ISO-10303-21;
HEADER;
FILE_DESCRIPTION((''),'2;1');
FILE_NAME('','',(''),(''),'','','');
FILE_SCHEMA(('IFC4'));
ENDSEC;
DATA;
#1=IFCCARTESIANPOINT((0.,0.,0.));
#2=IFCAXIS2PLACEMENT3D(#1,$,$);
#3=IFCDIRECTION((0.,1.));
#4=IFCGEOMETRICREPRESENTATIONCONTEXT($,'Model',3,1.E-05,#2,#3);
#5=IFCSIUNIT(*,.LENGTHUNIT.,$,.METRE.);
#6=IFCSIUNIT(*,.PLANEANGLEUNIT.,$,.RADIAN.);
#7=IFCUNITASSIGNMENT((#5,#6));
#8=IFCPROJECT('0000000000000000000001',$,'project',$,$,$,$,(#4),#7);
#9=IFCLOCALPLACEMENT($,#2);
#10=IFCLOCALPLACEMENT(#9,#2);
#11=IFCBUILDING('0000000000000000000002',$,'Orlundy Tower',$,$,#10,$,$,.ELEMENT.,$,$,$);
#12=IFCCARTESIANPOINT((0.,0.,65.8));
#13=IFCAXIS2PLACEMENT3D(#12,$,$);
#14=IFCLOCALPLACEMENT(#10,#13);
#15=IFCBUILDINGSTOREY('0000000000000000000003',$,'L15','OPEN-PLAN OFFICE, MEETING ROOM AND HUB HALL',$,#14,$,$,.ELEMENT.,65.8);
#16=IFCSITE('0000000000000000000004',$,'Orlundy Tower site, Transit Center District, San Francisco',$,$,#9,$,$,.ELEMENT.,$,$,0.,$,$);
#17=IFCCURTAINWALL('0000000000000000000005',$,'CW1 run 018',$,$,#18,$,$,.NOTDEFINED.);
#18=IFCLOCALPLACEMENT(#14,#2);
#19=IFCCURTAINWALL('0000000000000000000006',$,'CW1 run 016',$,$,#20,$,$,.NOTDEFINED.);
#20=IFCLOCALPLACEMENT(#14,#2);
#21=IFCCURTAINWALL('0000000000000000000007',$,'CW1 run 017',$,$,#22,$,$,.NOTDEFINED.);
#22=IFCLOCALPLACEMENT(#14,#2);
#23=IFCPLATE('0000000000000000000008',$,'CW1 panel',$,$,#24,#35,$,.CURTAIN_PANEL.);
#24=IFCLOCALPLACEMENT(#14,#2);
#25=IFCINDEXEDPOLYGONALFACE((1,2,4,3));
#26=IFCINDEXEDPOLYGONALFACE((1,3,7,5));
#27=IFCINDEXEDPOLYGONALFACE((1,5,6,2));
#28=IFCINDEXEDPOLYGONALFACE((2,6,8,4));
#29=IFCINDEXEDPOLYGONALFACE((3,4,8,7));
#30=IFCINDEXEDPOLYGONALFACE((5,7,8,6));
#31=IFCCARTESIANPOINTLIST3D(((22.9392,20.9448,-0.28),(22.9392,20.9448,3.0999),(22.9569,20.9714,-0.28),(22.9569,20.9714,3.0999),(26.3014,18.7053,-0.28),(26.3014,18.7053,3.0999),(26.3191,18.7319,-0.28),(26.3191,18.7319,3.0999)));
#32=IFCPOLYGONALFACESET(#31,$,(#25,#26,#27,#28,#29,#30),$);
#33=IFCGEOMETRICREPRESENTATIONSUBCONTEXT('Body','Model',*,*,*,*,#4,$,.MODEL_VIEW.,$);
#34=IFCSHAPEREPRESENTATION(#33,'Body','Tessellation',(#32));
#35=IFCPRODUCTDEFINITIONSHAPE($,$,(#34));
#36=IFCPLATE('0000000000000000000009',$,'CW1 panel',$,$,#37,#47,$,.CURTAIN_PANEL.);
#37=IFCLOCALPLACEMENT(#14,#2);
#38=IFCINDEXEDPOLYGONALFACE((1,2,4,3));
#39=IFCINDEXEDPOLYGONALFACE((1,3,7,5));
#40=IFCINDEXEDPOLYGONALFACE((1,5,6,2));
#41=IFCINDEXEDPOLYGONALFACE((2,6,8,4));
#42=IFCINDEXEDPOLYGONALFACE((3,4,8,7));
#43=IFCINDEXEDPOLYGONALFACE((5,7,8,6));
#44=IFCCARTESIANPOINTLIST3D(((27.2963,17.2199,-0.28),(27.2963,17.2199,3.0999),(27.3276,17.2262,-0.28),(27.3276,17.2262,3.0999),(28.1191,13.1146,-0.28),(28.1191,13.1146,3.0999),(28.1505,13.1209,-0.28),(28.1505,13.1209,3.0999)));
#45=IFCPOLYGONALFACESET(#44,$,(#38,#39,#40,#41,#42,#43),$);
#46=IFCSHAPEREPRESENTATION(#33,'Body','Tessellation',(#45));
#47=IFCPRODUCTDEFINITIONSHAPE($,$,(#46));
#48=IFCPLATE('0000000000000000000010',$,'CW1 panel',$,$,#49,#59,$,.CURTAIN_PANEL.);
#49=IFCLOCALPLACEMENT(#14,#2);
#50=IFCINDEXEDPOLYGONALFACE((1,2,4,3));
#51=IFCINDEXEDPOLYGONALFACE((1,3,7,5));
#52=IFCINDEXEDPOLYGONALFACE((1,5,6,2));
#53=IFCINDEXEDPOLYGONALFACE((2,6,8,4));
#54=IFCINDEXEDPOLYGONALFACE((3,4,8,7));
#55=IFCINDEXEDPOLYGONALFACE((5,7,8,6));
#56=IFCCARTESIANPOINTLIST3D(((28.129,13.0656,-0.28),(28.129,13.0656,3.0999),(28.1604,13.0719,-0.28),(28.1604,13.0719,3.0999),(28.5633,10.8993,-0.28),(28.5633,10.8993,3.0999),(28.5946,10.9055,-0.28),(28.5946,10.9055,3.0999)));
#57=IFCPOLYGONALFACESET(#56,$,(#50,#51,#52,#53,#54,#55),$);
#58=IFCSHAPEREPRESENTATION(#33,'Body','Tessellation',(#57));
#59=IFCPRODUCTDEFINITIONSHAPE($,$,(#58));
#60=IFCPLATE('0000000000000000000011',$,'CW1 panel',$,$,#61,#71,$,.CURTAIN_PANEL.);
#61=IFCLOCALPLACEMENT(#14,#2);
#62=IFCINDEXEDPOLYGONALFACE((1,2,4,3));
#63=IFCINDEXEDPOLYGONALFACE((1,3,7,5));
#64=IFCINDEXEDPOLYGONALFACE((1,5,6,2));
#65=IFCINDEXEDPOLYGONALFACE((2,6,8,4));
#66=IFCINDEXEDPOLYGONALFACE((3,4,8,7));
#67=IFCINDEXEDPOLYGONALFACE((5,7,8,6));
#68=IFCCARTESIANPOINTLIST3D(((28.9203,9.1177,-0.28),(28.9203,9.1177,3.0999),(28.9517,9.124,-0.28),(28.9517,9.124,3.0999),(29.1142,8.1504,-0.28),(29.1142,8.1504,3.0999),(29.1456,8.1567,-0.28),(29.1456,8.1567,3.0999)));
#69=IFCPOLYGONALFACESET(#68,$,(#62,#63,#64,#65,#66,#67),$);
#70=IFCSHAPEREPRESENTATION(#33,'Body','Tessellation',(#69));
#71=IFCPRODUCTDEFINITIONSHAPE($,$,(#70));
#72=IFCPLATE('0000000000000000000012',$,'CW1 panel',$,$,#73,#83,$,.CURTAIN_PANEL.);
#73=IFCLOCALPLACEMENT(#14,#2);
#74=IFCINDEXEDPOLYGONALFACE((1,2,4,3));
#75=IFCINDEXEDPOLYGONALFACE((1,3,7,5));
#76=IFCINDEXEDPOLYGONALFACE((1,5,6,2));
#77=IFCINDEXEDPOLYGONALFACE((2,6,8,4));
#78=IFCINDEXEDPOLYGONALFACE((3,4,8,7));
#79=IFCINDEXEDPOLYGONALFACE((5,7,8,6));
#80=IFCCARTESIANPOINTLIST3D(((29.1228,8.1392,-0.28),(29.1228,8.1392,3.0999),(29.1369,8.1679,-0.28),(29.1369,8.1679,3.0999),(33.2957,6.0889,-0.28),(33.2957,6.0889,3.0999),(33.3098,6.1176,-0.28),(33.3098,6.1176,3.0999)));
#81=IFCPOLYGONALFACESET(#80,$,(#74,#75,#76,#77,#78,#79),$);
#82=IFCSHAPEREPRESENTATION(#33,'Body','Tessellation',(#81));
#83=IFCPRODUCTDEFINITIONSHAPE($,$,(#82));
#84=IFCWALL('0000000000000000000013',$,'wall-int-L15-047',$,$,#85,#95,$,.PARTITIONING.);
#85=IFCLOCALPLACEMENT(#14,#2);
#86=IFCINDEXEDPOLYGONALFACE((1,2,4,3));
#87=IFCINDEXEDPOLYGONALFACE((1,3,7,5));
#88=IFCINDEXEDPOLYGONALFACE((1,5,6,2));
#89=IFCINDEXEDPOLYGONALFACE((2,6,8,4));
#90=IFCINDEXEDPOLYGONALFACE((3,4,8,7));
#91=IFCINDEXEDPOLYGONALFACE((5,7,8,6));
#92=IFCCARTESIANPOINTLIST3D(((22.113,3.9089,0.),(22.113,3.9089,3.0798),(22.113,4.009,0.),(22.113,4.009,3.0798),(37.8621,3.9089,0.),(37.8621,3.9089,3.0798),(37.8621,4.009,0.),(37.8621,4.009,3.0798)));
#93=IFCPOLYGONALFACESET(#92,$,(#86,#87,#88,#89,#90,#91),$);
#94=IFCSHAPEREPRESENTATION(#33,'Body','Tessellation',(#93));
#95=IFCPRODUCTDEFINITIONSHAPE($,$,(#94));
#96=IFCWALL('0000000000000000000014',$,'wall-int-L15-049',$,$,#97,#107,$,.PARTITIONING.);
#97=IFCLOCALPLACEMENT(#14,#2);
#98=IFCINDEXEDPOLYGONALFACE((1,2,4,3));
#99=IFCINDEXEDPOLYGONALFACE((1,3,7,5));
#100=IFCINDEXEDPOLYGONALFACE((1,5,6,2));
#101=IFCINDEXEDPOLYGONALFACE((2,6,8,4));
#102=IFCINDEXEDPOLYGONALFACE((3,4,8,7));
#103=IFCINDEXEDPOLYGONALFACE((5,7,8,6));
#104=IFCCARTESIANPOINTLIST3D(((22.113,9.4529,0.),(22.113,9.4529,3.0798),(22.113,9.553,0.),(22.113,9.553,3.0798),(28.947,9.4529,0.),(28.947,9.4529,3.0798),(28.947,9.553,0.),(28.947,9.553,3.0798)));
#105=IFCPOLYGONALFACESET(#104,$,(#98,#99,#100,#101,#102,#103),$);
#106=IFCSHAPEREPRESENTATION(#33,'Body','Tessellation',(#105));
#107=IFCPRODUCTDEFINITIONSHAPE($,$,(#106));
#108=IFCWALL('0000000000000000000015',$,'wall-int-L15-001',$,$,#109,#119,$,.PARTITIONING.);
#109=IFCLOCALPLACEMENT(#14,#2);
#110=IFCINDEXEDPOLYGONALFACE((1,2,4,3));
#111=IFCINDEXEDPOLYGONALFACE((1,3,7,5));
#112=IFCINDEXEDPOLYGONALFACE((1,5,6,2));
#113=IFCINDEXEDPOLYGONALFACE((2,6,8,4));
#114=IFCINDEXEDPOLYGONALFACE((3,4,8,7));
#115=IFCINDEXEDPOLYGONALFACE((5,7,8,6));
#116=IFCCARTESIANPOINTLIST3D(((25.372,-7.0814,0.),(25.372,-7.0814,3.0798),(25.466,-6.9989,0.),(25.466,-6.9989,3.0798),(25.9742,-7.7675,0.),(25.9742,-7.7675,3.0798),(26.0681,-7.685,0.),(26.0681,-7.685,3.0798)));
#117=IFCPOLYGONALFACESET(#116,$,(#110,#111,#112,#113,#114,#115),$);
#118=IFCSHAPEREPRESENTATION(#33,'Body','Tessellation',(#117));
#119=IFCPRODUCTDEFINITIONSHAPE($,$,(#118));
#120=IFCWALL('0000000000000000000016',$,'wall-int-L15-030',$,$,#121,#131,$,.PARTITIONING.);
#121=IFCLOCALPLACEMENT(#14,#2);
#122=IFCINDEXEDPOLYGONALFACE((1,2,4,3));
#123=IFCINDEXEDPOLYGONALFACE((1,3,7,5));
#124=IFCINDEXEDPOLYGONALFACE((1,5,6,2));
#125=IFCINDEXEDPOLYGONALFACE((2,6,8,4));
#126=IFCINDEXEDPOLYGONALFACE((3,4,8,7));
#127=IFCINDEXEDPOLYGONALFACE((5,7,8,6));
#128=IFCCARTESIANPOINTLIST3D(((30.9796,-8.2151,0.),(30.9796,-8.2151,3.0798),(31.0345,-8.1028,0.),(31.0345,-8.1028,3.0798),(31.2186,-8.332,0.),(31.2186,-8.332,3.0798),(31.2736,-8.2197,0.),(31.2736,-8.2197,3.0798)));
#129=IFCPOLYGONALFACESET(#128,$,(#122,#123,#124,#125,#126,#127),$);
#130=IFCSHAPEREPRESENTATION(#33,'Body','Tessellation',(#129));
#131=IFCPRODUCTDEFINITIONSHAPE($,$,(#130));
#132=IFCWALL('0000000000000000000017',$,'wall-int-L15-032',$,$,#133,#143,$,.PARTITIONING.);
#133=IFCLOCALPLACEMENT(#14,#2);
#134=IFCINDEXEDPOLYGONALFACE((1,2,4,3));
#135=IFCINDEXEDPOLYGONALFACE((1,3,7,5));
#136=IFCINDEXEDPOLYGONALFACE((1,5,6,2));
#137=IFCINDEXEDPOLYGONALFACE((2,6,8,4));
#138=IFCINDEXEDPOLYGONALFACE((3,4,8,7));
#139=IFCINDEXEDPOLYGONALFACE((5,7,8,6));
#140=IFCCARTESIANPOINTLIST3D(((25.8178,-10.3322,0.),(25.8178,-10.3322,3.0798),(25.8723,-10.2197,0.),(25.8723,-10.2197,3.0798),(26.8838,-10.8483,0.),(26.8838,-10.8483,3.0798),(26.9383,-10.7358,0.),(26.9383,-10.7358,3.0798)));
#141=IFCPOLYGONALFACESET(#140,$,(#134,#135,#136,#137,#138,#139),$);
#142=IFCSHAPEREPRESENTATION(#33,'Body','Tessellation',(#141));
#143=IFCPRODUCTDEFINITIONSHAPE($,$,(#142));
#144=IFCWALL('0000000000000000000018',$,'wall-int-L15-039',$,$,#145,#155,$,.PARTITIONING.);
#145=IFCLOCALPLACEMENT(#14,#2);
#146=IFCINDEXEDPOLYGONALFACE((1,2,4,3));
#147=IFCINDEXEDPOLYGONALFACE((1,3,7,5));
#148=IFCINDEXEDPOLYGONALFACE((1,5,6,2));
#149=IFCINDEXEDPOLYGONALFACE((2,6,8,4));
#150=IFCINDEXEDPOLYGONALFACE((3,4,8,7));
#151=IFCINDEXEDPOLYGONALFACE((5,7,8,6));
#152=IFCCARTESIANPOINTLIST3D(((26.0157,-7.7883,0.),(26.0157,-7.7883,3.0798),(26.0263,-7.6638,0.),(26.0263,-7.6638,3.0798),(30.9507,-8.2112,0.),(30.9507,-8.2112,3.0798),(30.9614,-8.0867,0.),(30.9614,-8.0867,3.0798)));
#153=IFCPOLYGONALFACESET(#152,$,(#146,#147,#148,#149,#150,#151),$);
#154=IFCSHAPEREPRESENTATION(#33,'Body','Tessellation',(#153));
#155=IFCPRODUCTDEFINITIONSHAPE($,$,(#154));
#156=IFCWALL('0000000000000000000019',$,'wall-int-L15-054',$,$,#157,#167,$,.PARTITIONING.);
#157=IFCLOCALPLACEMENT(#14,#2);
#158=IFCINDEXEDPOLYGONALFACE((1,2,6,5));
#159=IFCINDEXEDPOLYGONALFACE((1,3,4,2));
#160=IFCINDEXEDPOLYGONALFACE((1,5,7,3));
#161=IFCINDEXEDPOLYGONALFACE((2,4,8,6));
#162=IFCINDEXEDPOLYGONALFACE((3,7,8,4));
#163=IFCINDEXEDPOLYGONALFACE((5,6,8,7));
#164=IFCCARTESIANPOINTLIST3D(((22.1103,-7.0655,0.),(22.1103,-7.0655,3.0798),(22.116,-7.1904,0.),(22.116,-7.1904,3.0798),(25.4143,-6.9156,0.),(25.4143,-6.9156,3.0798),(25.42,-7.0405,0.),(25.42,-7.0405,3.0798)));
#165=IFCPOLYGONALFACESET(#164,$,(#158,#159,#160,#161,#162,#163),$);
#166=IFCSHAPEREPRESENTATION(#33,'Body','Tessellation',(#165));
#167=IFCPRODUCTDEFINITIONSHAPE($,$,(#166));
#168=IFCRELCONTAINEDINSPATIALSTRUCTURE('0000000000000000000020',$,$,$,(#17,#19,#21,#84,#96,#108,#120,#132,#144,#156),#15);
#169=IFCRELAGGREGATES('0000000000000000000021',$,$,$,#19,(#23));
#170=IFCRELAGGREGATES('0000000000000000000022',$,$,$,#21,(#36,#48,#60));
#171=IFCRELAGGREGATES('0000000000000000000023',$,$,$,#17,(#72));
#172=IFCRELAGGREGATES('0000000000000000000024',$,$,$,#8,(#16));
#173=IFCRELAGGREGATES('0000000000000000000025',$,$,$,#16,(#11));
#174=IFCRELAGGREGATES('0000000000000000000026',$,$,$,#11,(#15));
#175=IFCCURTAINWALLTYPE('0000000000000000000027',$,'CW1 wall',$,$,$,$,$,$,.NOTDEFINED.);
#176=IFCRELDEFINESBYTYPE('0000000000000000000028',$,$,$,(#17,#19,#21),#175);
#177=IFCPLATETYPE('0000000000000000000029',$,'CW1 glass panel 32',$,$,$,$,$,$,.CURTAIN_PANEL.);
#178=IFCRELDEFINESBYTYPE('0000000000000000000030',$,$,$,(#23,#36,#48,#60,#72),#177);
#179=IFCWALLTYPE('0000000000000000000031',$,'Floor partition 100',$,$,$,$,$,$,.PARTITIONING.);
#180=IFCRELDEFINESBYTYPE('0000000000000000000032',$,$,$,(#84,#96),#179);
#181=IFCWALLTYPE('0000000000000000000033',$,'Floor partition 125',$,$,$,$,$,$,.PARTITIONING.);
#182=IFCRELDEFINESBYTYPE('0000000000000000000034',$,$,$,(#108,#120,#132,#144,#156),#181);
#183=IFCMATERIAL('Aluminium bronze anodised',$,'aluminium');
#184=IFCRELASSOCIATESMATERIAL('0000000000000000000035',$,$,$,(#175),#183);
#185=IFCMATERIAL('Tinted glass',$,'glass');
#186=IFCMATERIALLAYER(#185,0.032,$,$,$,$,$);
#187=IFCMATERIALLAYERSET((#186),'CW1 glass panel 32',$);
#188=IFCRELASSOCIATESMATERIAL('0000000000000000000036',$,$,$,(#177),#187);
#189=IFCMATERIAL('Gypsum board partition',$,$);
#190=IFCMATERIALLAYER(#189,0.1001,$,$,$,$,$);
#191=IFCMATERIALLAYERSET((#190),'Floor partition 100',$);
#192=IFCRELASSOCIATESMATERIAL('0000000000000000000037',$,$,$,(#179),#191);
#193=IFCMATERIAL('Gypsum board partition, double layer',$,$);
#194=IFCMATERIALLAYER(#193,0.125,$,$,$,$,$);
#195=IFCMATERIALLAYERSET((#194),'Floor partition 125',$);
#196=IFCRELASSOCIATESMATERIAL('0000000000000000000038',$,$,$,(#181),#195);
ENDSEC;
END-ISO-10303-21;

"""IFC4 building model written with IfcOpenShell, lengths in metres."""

from ifc_helpers import new_model, si_unit, direction, frame, frame_2d, origin, origin_2d, place, context, subcontext, project, spatial, rectangle, extrude, material, layer, layer_set, type_object, element, aggregate, save


model = new_model("IFC4")

# Units and contexts
model_context = context("Model", 3, precision=1e-05, world=origin(), true_north=direction((0.0, 1.0)))
body_context = subcontext(model_context, "Body", "Model", "MODEL_VIEW")
ifc_project = project(units=[si_unit("LENGTHUNIT", "METRE"), si_unit("PLANEANGLEUNIT", "RADIAN")], contexts=[model_context])

# Site, building, storey
site_placement = place(None, origin())
site = spatial("IfcSite", under=ifc_project, at=site_placement, Name="Orlundy Tower site, Transit Center District, San Francisco", CompositionType="ELEMENT", RefElevation=0.0)
building_placement = place(site_placement, origin())
building = spatial("IfcBuilding", under=site, at=building_placement, Name="Orlundy Tower", CompositionType="ELEMENT")
storey_placement = place(building_placement, frame((0.0, 0.0, 65.8)))
storey = spatial("IfcBuildingStorey", under=building, at=storey_placement, Name="L15", Description="OPEN-PLAN OFFICE, MEETING ROOM AND HUB HALL", CompositionType="ELEMENT", Elevation=65.8)

# Curtain wall
ifc_material_1 = material(Name="Aluminium bronze anodised", Category="aluminium")
curtain_wall_type = type_object("IfcCurtainWallType", Name="CW1 wall", PredefinedType="NOTDEFINED", material=ifc_material_1)
curtain_wall_1_placement = place(storey_placement, origin())
curtain_wall_1 = element("IfcCurtainWall", 1, at=curtain_wall_1_placement, inside=storey, type_object=curtain_wall_type, Name="CW1 run 018", PredefinedType="NOTDEFINED")

# Curtain wall
curtain_wall_2_placement = place(storey_placement, origin())
curtain_wall_2 = element("IfcCurtainWall", 2, at=curtain_wall_2_placement, inside=storey, type_object=curtain_wall_type, Name="CW1 run 016", PredefinedType="NOTDEFINED")

# Curtain wall
curtain_wall_3_placement = place(storey_placement, origin())
curtain_wall_3 = element("IfcCurtainWall", 3, at=curtain_wall_3_placement, inside=storey, type_object=curtain_wall_type, Name="CW1 run 017", PredefinedType="NOTDEFINED")

# Plates
ifc_material_2 = material(Name="Tinted glass", Category="glass")
ifc_layer_1 = layer(ifc_material_2, 0.032)
ifc_layer_set_1 = layer_set([ifc_layer_1], Name="CW1 glass panel 32")
plate_type = type_object("IfcPlateType", Name="CW1 glass panel 32", PredefinedType="CURTAIN_PANEL", material=ifc_layer_set_1)
plate_1_placement = place(storey_placement, frame((24.6292, 19.8384, -0.28), z_axis=(0.0, 0.0, 1.0), x_axis=(0.832279, -0.554357, 0.0)))
plate_1 = element("IfcPlate", 4, at=plate_1_placement, type_object=plate_type, Name="CW1 panel", PredefinedType="CURTAIN_PANEL", context=body_context, shape_type="SweptSolid", body=[
    extrude(rectangle(XDim=4.0398, YDim=0.032, at=origin_2d()), origin(), (0.0, 0.0, 1.0), 3.3799),
])
aggregate(curtain_wall_2, [plate_1])
plate_2_placement = place(storey_placement, frame((27.7234, 15.1704, -0.28), z_axis=(0.0, 0.0, 1.0), x_axis=(0.196529, -0.980498, 0.0)))
plate_2 = element("IfcPlate", 5, at=plate_2_placement, type_object=plate_type, Name="CW1 panel", PredefinedType="CURTAIN_PANEL", context=body_context, shape_type="SweptSolid", body=[
    extrude(rectangle(XDim=4.187, YDim=0.032, at=origin_2d()), origin(), (0.0, 0.0, 1.0), 3.3799),
])
plate_3_placement = place(storey_placement, frame((28.3618, 11.9856, -0.28), z_axis=(0.0, 0.0, 1.0), x_axis=(0.196529, -0.980498, 0.0)))
plate_3 = element("IfcPlate", 6, at=plate_3_placement, type_object=plate_type, Name="CW1 panel", PredefinedType="CURTAIN_PANEL", context=body_context, shape_type="SweptSolid", body=[
    extrude(rectangle(XDim=2.2095, YDim=0.032, at=origin_2d()), origin(), (0.0, 0.0, 1.0), 3.3799),
])
plate_4_placement = place(storey_placement, frame((29.033, 8.6372, -0.28), z_axis=(0.0, 0.0, 1.0), x_axis=(0.196529, -0.980498, 0.0)))
plate_4 = element("IfcPlate", 7, at=plate_4_placement, type_object=plate_type, Name="CW1 panel", PredefinedType="CURTAIN_PANEL", context=body_context, shape_type="SweptSolid", body=[
    extrude(rectangle(XDim=0.9866, YDim=0.032, at=origin_2d()), origin(), (0.0, 0.0, 1.0), 3.3799),
])
aggregate(curtain_wall_3, [plate_2, plate_3, plate_4])
plate_5_placement = place(storey_placement, frame((31.2163, 7.1284, -0.28), z_axis=(0.0, 0.0, 1.0), x_axis=(0.897518, -0.440978, 0.0)))
plate_5 = element("IfcPlate", 8, at=plate_5_placement, type_object=plate_type, Name="CW1 panel", PredefinedType="CURTAIN_PANEL", context=body_context, shape_type="SweptSolid", body=[
    extrude(rectangle(XDim=4.6494, YDim=0.032, at=origin_2d()), origin(), (0.0, 0.0, 1.0), 3.3799),
])
aggregate(curtain_wall_1, [plate_5])

# Walls
ifc_material_3 = material(Name="Gypsum board partition")
ifc_layer_2 = layer(ifc_material_3, 0.1001)
ifc_layer_set_2 = layer_set([ifc_layer_2], Name="Floor partition 100")
wall_type_1 = type_object("IfcWallType", Name="Floor partition 100", PredefinedType="PARTITIONING", material=ifc_layer_set_2)
wall_1_placement = place(storey_placement, frame((22.113, 3.959, 0.0), z_axis=(0.0, 0.0, 1.0), x_axis=(1.0, 0.0, 0.0)))
element("IfcWall", 9, at=wall_1_placement, inside=storey, type_object=wall_type_1, Name="wall-int-L15-047", PredefinedType="PARTITIONING", context=body_context, shape_type="SweptSolid", body=[
    extrude(rectangle(XDim=15.749, YDim=0.1001, at=frame_2d((7.8745, 0.0))), origin(), (0.0, 0.0, 1.0), 3.0798),
])
wall_2_placement = place(storey_placement, frame((22.113, 9.5029, 0.0), z_axis=(0.0, 0.0, 1.0), x_axis=(1.0, 0.0, 0.0)))
element("IfcWall", 10, at=wall_2_placement, inside=storey, type_object=wall_type_1, Name="wall-int-L15-049", PredefinedType="PARTITIONING", context=body_context, shape_type="SweptSolid", body=[
    extrude(rectangle(XDim=6.834, YDim=0.1001, at=frame_2d((3.417, 0.0))), origin(), (0.0, 0.0, 1.0), 3.0798),
])
ifc_material_4 = material(Name="Gypsum board partition, double layer")
ifc_layer_3 = layer(ifc_material_4, 0.125)
ifc_layer_set_3 = layer_set([ifc_layer_3], Name="Floor partition 125")
wall_type_2 = type_object("IfcWallType", Name="Floor partition 125", PredefinedType="PARTITIONING", material=ifc_layer_set_3)
wall_3_placement = place(storey_placement, frame((25.4189, -7.04, 0.0), z_axis=(0.0, 0.0, 1.0), x_axis=(0.659602, -0.751615, 0.0)))
element("IfcWall", 11, at=wall_3_placement, inside=storey, type_object=wall_type_2, Name="wall-int-L15-001", PredefinedType="PARTITIONING", context=body_context, shape_type="SweptSolid", body=[
    extrude(rectangle(XDim=0.9128, YDim=0.125, at=frame_2d((0.4565, 0.0))), origin(), (0.0, 0.0, 1.0), 3.0798),
])
wall_4_placement = place(storey_placement, frame((31.0071, -8.1589, 0.0), z_axis=(0.0, 0.0, 1.0), x_axis=(0.898248, -0.43949, 0.0)))
element("IfcWall", 12, at=wall_4_placement, inside=storey, type_object=wall_type_2, Name="wall-int-L15-030", PredefinedType="PARTITIONING", context=body_context, shape_type="SweptSolid", body=[
    extrude(rectangle(XDim=0.2661, YDim=0.125, at=frame_2d((0.1331, 0.0))), origin(), (0.0, 0.0, 1.0), 3.0798),
])
wall_5_placement = place(storey_placement, frame((25.845, -10.2759, 0.0), z_axis=(0.0, 0.0, 1.0), x_axis=(0.900045, -0.435798, 0.0)))
element("IfcWall", 13, at=wall_5_placement, inside=storey, type_object=wall_type_2, Name="wall-int-L15-032", PredefinedType="PARTITIONING", context=body_context, shape_type="SweptSolid", body=[
    extrude(rectangle(XDim=1.1843, YDim=0.125, at=frame_2d((0.5923, 0.0))), origin(), (0.0, 0.0, 1.0), 3.0798),
])
wall_6_placement = place(storey_placement, frame((26.021, -7.7261, 0.0), z_axis=(0.0, 0.0, 1.0), x_axis=(0.996349, -0.08537, 0.0)))
element("IfcWall", 14, at=wall_6_placement, inside=storey, type_object=wall_type_2, Name="wall-int-L15-039", PredefinedType="PARTITIONING", context=body_context, shape_type="SweptSolid", body=[
    extrude(rectangle(XDim=4.9531, YDim=0.125, at=frame_2d((2.4766, 0.0))), origin(), (0.0, 0.0, 1.0), 3.0798),
])
wall_7_placement = place(storey_placement, frame((22.113, -7.1279, 0.0), z_axis=(0.0, 0.0, 1.0), x_axis=(0.998972, 0.045324, 0.0)))
element("IfcWall", 15, at=wall_7_placement, inside=storey, type_object=wall_type_2, Name="wall-int-L15-054", PredefinedType="PARTITIONING", context=body_context, shape_type="SweptSolid", body=[
    extrude(rectangle(XDim=3.3074, YDim=0.125, at=frame_2d((1.6538, 0.0))), origin(), (0.0, 0.0, 1.0), 3.0798),
])

save(model, "model.ifc")
